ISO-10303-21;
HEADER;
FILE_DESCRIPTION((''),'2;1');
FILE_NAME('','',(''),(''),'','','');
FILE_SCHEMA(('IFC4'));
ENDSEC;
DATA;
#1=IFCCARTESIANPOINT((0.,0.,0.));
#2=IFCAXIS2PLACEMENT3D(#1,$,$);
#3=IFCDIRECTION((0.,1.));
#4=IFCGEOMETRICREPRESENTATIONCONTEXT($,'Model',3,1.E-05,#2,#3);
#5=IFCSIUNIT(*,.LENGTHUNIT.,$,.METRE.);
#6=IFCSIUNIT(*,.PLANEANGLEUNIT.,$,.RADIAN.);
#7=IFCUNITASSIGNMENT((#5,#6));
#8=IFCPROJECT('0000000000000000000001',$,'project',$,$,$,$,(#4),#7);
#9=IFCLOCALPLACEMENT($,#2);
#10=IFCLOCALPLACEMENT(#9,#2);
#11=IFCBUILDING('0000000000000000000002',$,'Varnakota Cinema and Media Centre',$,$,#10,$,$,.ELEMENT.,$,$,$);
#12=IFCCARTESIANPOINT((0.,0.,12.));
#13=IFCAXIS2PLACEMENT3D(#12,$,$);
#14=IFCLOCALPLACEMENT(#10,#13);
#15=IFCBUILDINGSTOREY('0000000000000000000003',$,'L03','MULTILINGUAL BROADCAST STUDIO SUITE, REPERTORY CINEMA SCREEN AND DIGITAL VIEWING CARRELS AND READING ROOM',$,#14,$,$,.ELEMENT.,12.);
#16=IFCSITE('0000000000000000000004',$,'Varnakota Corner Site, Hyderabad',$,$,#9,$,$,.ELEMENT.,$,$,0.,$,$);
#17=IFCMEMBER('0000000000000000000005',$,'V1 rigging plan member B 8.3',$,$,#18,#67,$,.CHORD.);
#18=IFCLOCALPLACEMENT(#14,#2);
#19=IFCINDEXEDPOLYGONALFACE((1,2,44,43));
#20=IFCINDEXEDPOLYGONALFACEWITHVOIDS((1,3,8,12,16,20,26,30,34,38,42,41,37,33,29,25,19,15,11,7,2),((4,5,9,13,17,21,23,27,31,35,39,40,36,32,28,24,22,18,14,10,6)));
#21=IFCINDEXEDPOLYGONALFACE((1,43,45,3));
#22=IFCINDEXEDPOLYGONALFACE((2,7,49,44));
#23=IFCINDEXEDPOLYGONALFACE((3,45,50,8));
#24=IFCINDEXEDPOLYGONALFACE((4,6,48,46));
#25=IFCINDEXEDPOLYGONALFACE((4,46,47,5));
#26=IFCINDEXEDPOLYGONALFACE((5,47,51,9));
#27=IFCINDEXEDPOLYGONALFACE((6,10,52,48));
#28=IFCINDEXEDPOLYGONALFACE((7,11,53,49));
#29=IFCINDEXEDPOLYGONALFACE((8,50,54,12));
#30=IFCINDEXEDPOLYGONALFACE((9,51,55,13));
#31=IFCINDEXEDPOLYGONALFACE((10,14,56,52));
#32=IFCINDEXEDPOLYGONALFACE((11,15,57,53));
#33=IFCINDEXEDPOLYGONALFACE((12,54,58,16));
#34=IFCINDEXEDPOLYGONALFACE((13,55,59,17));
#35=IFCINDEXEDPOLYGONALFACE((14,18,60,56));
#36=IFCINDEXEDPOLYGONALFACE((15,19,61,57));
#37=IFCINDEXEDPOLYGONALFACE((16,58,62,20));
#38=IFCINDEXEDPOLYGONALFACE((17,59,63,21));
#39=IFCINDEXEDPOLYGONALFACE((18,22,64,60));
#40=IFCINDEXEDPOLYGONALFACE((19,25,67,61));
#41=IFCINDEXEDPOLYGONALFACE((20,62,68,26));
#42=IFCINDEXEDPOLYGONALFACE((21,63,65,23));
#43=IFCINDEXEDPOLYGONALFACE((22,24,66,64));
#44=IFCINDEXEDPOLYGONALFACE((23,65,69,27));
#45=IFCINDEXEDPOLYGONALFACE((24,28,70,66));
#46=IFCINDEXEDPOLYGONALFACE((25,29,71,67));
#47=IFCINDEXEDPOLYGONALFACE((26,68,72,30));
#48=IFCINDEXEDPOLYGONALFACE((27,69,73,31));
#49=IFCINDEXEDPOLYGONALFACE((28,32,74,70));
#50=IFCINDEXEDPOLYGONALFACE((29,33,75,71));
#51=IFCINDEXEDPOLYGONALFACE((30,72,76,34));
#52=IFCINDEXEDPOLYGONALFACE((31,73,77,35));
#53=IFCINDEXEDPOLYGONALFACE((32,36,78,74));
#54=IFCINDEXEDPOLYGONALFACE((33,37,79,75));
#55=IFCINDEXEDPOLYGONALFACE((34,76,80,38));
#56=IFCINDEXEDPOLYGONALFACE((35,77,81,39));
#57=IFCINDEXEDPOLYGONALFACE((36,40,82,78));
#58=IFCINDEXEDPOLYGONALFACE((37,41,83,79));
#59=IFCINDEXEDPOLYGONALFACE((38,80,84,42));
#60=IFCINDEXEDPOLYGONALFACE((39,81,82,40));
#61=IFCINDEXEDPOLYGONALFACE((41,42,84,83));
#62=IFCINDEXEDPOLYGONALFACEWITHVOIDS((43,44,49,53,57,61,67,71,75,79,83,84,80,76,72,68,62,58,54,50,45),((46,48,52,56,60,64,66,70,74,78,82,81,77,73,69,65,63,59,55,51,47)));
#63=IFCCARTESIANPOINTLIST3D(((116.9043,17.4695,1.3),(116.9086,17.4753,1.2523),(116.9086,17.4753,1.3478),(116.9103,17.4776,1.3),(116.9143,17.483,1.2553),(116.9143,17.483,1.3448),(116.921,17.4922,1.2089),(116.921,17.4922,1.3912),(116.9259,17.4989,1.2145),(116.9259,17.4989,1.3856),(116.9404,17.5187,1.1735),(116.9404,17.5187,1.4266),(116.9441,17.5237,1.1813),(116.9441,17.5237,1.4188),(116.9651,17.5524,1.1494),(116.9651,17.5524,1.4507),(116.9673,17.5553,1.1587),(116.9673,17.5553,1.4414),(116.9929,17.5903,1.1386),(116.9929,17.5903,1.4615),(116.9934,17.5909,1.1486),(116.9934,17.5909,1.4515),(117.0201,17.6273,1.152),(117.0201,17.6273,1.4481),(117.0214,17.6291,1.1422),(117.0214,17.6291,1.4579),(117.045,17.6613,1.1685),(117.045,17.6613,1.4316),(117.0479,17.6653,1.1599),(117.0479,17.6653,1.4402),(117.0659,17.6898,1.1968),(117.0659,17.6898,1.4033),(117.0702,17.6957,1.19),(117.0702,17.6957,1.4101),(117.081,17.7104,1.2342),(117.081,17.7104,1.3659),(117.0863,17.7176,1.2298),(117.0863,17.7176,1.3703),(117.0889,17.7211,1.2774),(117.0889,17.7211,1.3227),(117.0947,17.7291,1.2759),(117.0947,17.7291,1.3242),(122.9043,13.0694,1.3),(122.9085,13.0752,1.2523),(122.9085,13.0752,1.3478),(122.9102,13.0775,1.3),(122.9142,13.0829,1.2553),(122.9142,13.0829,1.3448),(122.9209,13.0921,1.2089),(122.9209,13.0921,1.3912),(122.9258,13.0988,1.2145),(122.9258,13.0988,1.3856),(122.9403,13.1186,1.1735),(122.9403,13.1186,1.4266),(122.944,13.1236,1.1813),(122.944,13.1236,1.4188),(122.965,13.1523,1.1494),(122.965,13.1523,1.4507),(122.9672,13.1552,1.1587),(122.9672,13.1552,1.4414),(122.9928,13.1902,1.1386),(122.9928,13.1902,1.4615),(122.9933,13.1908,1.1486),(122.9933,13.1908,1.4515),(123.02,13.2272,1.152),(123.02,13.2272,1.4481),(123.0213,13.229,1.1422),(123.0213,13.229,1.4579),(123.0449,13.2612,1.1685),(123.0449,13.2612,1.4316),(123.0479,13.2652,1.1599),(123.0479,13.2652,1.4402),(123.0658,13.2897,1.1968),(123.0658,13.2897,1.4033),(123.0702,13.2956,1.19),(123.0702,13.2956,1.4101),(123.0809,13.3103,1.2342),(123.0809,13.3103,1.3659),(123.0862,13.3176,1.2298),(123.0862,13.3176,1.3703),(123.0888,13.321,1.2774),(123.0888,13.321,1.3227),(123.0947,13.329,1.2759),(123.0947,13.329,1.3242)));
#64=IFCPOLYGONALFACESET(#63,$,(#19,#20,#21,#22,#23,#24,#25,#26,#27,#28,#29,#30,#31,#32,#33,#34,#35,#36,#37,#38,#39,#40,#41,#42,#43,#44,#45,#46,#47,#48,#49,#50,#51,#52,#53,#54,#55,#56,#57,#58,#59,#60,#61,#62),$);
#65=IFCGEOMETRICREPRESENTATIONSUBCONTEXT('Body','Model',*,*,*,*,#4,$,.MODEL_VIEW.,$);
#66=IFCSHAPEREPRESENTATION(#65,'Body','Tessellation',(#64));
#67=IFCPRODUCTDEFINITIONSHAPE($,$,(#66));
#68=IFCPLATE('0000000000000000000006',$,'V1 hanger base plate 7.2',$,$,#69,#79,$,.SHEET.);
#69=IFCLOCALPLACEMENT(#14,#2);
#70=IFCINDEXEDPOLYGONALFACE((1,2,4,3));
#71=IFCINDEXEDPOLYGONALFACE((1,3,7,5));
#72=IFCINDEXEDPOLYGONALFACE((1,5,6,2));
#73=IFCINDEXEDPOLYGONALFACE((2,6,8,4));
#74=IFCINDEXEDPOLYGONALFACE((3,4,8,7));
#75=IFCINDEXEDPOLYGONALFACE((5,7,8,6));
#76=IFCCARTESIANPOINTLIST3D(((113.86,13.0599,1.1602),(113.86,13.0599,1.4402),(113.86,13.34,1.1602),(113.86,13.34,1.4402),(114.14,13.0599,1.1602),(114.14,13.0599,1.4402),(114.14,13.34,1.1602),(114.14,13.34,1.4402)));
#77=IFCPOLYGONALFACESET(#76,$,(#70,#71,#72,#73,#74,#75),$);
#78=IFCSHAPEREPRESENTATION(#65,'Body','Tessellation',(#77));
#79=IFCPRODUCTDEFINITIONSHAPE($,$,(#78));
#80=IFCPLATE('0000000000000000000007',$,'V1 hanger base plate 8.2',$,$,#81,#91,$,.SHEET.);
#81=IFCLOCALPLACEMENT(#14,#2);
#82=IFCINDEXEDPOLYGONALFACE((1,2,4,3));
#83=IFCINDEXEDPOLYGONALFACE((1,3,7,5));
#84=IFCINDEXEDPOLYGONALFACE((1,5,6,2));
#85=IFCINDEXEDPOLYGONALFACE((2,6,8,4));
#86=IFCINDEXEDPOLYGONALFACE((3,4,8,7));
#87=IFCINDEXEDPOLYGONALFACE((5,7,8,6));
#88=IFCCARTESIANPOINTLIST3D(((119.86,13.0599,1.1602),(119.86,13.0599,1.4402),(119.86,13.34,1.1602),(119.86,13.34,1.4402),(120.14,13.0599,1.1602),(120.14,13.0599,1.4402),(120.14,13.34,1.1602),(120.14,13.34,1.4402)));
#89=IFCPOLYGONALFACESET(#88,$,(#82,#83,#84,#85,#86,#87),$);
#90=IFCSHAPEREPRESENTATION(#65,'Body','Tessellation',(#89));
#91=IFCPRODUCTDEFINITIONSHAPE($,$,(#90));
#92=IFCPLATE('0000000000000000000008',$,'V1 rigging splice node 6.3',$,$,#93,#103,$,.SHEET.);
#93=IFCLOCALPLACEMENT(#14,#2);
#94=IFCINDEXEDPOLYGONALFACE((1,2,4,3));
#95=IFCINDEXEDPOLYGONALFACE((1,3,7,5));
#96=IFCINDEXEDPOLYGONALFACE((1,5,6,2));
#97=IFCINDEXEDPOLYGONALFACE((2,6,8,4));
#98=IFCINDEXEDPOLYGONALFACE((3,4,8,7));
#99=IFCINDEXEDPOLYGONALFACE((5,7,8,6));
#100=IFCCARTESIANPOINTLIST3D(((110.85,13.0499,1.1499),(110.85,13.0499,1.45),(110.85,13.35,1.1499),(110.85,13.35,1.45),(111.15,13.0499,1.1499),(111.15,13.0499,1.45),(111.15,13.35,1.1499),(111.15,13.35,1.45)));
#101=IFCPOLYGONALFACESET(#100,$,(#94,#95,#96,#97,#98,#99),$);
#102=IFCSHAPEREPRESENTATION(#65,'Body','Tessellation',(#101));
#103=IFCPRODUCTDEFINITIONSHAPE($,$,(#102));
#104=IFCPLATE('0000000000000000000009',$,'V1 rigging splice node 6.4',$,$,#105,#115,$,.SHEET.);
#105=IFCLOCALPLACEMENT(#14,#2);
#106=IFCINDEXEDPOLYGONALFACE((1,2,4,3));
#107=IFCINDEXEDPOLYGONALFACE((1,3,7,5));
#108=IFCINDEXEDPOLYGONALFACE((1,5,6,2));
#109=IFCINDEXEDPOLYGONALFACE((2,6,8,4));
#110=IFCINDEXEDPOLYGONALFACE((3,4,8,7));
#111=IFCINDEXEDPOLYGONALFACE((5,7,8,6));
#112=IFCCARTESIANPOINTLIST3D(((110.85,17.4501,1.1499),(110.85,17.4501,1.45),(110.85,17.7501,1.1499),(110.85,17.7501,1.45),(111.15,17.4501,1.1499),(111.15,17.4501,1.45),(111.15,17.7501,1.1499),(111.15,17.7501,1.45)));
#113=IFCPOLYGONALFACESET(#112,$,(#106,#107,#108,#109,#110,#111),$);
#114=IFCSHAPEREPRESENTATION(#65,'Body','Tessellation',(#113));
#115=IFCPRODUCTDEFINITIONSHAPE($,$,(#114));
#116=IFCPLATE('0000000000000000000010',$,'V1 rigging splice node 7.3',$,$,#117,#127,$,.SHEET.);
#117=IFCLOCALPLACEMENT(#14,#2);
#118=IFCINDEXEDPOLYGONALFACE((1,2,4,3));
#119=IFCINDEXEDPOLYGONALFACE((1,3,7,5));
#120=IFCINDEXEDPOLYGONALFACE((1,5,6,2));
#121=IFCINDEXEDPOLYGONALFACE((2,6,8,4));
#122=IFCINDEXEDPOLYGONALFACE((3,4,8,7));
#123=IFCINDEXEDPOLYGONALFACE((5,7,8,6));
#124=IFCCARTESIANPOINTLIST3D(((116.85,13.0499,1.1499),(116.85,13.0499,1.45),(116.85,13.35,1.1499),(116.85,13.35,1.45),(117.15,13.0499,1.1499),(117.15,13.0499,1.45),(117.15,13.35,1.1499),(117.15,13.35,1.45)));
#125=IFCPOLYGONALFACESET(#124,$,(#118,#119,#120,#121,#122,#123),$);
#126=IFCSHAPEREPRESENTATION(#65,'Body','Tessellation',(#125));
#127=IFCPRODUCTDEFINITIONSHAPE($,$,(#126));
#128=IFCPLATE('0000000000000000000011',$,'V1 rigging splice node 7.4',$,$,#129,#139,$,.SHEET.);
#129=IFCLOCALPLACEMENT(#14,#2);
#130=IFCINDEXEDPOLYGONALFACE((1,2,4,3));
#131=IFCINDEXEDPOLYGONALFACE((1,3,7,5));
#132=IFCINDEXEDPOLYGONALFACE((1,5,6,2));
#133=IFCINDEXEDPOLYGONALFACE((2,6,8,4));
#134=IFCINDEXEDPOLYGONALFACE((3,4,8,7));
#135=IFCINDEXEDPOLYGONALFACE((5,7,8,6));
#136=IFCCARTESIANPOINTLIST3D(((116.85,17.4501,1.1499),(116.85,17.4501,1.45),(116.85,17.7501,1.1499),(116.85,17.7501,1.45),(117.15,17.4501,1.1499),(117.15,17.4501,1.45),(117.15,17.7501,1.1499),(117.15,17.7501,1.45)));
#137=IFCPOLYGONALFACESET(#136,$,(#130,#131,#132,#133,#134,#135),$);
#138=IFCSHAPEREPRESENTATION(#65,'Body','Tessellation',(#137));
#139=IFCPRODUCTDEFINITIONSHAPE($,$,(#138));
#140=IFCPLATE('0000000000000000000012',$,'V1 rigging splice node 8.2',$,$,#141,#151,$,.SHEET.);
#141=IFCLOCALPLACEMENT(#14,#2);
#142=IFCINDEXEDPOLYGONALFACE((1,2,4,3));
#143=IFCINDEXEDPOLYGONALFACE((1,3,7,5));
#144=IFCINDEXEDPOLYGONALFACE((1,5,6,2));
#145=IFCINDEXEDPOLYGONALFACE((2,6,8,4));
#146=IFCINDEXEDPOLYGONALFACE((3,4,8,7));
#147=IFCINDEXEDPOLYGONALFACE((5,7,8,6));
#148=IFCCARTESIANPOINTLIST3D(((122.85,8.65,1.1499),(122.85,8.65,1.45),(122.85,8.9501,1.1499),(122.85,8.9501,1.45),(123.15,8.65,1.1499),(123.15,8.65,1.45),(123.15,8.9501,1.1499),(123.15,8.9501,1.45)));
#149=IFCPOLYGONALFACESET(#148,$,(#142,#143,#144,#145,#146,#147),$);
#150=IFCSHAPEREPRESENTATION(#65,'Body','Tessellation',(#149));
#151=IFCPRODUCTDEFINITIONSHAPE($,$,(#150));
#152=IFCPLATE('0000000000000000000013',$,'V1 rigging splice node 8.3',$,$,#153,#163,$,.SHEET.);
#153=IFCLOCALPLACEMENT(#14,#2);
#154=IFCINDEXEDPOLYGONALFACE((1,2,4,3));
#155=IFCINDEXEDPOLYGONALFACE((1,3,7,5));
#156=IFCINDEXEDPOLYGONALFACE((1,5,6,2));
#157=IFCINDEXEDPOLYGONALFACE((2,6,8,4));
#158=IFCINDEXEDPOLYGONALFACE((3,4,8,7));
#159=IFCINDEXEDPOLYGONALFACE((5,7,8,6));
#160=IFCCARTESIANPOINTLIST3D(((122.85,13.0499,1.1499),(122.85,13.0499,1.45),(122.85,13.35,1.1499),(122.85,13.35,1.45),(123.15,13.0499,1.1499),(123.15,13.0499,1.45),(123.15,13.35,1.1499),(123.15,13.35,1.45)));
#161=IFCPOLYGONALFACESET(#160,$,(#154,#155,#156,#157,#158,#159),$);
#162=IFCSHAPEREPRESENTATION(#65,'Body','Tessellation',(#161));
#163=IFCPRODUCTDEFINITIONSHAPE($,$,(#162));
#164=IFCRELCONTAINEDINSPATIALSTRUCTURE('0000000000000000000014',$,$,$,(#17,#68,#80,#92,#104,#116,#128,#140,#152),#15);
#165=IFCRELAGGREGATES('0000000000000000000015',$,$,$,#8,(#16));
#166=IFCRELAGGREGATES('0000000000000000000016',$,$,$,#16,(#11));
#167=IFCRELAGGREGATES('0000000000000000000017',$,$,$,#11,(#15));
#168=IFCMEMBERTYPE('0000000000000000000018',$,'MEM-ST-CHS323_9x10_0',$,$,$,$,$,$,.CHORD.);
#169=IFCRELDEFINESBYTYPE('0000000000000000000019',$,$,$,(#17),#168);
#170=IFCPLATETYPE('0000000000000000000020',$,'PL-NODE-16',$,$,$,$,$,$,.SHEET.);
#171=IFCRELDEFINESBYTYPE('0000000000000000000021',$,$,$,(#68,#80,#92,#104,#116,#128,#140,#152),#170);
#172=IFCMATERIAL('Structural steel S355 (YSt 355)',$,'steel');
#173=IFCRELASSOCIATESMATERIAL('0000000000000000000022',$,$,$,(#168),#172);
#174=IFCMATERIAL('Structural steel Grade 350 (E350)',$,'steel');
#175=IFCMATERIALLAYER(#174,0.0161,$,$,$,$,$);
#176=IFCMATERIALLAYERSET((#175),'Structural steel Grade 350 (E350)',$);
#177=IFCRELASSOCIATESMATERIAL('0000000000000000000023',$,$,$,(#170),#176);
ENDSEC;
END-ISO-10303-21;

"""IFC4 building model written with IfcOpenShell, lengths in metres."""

from ifc_helpers import new_model, si_unit, direction, frame, origin, origin_2d, place, context, subcontext, project, spatial, rectangle, hollow_circle, extrude, material, layer, layer_set, material_profile, profile_set, type_object, element, save


model = new_model("IFC4")

# Units and contexts
model_context = context("Model", 3, precision=1e-05, world=origin(), true_north=direction((0.0, 1.0)))
body_context = subcontext(model_context, "Body", "Model", "MODEL_VIEW")
ifc_project = project(units=[si_unit("LENGTHUNIT", "METRE"), si_unit("PLANEANGLEUNIT", "RADIAN")], contexts=[model_context])

# Site, building, storey
site_placement = place(None, origin())
site = spatial("IfcSite", under=ifc_project, at=site_placement, Name="Varnakota Corner Site, Hyderabad", CompositionType="ELEMENT", RefElevation=0.0)
building_placement = place(site_placement, origin())
building = spatial("IfcBuilding", under=site, at=building_placement, Name="Varnakota Cinema and Media Centre", CompositionType="ELEMENT")
storey_placement = place(building_placement, frame((0.0, 0.0, 12.0)))
storey = spatial("IfcBuildingStorey", under=building, at=storey_placement, Name="L03", Description="MULTILINGUAL BROADCAST STUDIO SUITE, REPERTORY CINEMA SCREEN AND DIGITAL VIEWING CARRELS AND READING ROOM", CompositionType="ELEMENT", Elevation=12.0)

# Member
ifc_material_1 = material(Name="Structural steel S355 (YSt 355)", Category="steel")
ifc_material_profile_1 = material_profile(ifc_material_1, hollow_circle(Radius=0.1619, WallThickness=0.01, at=origin_2d()), Name="CHS 323.9x10.0")
ifc_profile_set_1 = profile_set([ifc_material_profile_1], Name="Structural steel S355 (YSt 355)")
member_type_1 = type_object("IfcMemberType", Name="MEM-ST-CHS323_9x10_0", PredefinedType="CHORD", material=ifc_profile_set_1)
member_1_placement = place(storey_placement, frame((123.0, 13.2, 1.3), z_axis=(-0.806396, 0.591376, 0.0), x_axis=(-0.591376, -0.806396, 0.0)))
element("IfcMember", 1, at=member_1_placement, inside=storey, type_object=member_type_1, Name="V1 rigging plan member B 8.3", PredefinedType="CHORD", context=body_context, shape_type="SweptSolid", body=[
    extrude(hollow_circle(Radius=0.1619, WallThickness=0.01, at=origin_2d()), origin(), (0.0, 0.0, 1.0), 7.4404),
])

# Plates
ifc_material_2 = material(Name="Structural steel Grade 350 (E350)", Category="steel")
ifc_layer = layer(ifc_material_2, 0.0161)
ifc_layer_set = layer_set([ifc_layer], Name="Structural steel Grade 350 (E350)")
plate_type = type_object("IfcPlateType", Name="PL-NODE-16", PredefinedType="SHEET", material=ifc_layer_set)
for number, where, z_axis, x_axis, name in (
    (2, (114.0, 13.2, 1.1602), (0.0, 0.0, 1.0), (1.0, 0.0, 0.0), "V1 hanger base plate 7.2"),
    (3, (120.0, 13.2, 1.1602), (0.0, 0.0, 1.0), (1.0, 0.0, 0.0), "V1 hanger base plate 8.2"),
):
    element("IfcPlate", number, at=place(storey_placement, frame(where, z_axis=z_axis, x_axis=x_axis)), inside=storey, type_object=plate_type, Name=name, PredefinedType="SHEET", context=body_context, shape_type="SweptSolid", body=[
        extrude(rectangle(XDim=0.28, YDim=0.28, at=origin_2d()), origin(), (0.0, 0.0, 1.0), 0.28),
    ])
for number, where, z_axis, x_axis, name in (
    (4, (111.0, 13.2, 1.1499), (0.0, 0.0, 1.0), (1.0, 0.0, 0.0), "V1 rigging splice node 6.3"),
    (5, (111.0, 17.6001, 1.1499), (0.0, 0.0, 1.0), (1.0, 0.0, 0.0), "V1 rigging splice node 6.4"),
    (6, (117.0, 13.2, 1.1499), (0.0, 0.0, 1.0), (1.0, 0.0, 0.0), "V1 rigging splice node 7.3"),
    (7, (117.0, 17.6001, 1.1499), (0.0, 0.0, 1.0), (1.0, 0.0, 0.0), "V1 rigging splice node 7.4"),
    (8, (123.0, 8.8, 1.1499), (0.0, 0.0, 1.0), (1.0, 0.0, 0.0), "V1 rigging splice node 8.2"),
    (9, (123.0, 13.2, 1.1499), (0.0, 0.0, 1.0), (1.0, 0.0, 0.0), "V1 rigging splice node 8.3"),
):
    element("IfcPlate", number, at=place(storey_placement, frame(where, z_axis=z_axis, x_axis=x_axis)), inside=storey, type_object=plate_type, Name=name, PredefinedType="SHEET", context=body_context, shape_type="SweptSolid", body=[
        extrude(rectangle(XDim=0.3, YDim=0.3, at=origin_2d()), origin(), (0.0, 0.0, 1.0), 0.3),
    ])

save(model, "model.ifc")
